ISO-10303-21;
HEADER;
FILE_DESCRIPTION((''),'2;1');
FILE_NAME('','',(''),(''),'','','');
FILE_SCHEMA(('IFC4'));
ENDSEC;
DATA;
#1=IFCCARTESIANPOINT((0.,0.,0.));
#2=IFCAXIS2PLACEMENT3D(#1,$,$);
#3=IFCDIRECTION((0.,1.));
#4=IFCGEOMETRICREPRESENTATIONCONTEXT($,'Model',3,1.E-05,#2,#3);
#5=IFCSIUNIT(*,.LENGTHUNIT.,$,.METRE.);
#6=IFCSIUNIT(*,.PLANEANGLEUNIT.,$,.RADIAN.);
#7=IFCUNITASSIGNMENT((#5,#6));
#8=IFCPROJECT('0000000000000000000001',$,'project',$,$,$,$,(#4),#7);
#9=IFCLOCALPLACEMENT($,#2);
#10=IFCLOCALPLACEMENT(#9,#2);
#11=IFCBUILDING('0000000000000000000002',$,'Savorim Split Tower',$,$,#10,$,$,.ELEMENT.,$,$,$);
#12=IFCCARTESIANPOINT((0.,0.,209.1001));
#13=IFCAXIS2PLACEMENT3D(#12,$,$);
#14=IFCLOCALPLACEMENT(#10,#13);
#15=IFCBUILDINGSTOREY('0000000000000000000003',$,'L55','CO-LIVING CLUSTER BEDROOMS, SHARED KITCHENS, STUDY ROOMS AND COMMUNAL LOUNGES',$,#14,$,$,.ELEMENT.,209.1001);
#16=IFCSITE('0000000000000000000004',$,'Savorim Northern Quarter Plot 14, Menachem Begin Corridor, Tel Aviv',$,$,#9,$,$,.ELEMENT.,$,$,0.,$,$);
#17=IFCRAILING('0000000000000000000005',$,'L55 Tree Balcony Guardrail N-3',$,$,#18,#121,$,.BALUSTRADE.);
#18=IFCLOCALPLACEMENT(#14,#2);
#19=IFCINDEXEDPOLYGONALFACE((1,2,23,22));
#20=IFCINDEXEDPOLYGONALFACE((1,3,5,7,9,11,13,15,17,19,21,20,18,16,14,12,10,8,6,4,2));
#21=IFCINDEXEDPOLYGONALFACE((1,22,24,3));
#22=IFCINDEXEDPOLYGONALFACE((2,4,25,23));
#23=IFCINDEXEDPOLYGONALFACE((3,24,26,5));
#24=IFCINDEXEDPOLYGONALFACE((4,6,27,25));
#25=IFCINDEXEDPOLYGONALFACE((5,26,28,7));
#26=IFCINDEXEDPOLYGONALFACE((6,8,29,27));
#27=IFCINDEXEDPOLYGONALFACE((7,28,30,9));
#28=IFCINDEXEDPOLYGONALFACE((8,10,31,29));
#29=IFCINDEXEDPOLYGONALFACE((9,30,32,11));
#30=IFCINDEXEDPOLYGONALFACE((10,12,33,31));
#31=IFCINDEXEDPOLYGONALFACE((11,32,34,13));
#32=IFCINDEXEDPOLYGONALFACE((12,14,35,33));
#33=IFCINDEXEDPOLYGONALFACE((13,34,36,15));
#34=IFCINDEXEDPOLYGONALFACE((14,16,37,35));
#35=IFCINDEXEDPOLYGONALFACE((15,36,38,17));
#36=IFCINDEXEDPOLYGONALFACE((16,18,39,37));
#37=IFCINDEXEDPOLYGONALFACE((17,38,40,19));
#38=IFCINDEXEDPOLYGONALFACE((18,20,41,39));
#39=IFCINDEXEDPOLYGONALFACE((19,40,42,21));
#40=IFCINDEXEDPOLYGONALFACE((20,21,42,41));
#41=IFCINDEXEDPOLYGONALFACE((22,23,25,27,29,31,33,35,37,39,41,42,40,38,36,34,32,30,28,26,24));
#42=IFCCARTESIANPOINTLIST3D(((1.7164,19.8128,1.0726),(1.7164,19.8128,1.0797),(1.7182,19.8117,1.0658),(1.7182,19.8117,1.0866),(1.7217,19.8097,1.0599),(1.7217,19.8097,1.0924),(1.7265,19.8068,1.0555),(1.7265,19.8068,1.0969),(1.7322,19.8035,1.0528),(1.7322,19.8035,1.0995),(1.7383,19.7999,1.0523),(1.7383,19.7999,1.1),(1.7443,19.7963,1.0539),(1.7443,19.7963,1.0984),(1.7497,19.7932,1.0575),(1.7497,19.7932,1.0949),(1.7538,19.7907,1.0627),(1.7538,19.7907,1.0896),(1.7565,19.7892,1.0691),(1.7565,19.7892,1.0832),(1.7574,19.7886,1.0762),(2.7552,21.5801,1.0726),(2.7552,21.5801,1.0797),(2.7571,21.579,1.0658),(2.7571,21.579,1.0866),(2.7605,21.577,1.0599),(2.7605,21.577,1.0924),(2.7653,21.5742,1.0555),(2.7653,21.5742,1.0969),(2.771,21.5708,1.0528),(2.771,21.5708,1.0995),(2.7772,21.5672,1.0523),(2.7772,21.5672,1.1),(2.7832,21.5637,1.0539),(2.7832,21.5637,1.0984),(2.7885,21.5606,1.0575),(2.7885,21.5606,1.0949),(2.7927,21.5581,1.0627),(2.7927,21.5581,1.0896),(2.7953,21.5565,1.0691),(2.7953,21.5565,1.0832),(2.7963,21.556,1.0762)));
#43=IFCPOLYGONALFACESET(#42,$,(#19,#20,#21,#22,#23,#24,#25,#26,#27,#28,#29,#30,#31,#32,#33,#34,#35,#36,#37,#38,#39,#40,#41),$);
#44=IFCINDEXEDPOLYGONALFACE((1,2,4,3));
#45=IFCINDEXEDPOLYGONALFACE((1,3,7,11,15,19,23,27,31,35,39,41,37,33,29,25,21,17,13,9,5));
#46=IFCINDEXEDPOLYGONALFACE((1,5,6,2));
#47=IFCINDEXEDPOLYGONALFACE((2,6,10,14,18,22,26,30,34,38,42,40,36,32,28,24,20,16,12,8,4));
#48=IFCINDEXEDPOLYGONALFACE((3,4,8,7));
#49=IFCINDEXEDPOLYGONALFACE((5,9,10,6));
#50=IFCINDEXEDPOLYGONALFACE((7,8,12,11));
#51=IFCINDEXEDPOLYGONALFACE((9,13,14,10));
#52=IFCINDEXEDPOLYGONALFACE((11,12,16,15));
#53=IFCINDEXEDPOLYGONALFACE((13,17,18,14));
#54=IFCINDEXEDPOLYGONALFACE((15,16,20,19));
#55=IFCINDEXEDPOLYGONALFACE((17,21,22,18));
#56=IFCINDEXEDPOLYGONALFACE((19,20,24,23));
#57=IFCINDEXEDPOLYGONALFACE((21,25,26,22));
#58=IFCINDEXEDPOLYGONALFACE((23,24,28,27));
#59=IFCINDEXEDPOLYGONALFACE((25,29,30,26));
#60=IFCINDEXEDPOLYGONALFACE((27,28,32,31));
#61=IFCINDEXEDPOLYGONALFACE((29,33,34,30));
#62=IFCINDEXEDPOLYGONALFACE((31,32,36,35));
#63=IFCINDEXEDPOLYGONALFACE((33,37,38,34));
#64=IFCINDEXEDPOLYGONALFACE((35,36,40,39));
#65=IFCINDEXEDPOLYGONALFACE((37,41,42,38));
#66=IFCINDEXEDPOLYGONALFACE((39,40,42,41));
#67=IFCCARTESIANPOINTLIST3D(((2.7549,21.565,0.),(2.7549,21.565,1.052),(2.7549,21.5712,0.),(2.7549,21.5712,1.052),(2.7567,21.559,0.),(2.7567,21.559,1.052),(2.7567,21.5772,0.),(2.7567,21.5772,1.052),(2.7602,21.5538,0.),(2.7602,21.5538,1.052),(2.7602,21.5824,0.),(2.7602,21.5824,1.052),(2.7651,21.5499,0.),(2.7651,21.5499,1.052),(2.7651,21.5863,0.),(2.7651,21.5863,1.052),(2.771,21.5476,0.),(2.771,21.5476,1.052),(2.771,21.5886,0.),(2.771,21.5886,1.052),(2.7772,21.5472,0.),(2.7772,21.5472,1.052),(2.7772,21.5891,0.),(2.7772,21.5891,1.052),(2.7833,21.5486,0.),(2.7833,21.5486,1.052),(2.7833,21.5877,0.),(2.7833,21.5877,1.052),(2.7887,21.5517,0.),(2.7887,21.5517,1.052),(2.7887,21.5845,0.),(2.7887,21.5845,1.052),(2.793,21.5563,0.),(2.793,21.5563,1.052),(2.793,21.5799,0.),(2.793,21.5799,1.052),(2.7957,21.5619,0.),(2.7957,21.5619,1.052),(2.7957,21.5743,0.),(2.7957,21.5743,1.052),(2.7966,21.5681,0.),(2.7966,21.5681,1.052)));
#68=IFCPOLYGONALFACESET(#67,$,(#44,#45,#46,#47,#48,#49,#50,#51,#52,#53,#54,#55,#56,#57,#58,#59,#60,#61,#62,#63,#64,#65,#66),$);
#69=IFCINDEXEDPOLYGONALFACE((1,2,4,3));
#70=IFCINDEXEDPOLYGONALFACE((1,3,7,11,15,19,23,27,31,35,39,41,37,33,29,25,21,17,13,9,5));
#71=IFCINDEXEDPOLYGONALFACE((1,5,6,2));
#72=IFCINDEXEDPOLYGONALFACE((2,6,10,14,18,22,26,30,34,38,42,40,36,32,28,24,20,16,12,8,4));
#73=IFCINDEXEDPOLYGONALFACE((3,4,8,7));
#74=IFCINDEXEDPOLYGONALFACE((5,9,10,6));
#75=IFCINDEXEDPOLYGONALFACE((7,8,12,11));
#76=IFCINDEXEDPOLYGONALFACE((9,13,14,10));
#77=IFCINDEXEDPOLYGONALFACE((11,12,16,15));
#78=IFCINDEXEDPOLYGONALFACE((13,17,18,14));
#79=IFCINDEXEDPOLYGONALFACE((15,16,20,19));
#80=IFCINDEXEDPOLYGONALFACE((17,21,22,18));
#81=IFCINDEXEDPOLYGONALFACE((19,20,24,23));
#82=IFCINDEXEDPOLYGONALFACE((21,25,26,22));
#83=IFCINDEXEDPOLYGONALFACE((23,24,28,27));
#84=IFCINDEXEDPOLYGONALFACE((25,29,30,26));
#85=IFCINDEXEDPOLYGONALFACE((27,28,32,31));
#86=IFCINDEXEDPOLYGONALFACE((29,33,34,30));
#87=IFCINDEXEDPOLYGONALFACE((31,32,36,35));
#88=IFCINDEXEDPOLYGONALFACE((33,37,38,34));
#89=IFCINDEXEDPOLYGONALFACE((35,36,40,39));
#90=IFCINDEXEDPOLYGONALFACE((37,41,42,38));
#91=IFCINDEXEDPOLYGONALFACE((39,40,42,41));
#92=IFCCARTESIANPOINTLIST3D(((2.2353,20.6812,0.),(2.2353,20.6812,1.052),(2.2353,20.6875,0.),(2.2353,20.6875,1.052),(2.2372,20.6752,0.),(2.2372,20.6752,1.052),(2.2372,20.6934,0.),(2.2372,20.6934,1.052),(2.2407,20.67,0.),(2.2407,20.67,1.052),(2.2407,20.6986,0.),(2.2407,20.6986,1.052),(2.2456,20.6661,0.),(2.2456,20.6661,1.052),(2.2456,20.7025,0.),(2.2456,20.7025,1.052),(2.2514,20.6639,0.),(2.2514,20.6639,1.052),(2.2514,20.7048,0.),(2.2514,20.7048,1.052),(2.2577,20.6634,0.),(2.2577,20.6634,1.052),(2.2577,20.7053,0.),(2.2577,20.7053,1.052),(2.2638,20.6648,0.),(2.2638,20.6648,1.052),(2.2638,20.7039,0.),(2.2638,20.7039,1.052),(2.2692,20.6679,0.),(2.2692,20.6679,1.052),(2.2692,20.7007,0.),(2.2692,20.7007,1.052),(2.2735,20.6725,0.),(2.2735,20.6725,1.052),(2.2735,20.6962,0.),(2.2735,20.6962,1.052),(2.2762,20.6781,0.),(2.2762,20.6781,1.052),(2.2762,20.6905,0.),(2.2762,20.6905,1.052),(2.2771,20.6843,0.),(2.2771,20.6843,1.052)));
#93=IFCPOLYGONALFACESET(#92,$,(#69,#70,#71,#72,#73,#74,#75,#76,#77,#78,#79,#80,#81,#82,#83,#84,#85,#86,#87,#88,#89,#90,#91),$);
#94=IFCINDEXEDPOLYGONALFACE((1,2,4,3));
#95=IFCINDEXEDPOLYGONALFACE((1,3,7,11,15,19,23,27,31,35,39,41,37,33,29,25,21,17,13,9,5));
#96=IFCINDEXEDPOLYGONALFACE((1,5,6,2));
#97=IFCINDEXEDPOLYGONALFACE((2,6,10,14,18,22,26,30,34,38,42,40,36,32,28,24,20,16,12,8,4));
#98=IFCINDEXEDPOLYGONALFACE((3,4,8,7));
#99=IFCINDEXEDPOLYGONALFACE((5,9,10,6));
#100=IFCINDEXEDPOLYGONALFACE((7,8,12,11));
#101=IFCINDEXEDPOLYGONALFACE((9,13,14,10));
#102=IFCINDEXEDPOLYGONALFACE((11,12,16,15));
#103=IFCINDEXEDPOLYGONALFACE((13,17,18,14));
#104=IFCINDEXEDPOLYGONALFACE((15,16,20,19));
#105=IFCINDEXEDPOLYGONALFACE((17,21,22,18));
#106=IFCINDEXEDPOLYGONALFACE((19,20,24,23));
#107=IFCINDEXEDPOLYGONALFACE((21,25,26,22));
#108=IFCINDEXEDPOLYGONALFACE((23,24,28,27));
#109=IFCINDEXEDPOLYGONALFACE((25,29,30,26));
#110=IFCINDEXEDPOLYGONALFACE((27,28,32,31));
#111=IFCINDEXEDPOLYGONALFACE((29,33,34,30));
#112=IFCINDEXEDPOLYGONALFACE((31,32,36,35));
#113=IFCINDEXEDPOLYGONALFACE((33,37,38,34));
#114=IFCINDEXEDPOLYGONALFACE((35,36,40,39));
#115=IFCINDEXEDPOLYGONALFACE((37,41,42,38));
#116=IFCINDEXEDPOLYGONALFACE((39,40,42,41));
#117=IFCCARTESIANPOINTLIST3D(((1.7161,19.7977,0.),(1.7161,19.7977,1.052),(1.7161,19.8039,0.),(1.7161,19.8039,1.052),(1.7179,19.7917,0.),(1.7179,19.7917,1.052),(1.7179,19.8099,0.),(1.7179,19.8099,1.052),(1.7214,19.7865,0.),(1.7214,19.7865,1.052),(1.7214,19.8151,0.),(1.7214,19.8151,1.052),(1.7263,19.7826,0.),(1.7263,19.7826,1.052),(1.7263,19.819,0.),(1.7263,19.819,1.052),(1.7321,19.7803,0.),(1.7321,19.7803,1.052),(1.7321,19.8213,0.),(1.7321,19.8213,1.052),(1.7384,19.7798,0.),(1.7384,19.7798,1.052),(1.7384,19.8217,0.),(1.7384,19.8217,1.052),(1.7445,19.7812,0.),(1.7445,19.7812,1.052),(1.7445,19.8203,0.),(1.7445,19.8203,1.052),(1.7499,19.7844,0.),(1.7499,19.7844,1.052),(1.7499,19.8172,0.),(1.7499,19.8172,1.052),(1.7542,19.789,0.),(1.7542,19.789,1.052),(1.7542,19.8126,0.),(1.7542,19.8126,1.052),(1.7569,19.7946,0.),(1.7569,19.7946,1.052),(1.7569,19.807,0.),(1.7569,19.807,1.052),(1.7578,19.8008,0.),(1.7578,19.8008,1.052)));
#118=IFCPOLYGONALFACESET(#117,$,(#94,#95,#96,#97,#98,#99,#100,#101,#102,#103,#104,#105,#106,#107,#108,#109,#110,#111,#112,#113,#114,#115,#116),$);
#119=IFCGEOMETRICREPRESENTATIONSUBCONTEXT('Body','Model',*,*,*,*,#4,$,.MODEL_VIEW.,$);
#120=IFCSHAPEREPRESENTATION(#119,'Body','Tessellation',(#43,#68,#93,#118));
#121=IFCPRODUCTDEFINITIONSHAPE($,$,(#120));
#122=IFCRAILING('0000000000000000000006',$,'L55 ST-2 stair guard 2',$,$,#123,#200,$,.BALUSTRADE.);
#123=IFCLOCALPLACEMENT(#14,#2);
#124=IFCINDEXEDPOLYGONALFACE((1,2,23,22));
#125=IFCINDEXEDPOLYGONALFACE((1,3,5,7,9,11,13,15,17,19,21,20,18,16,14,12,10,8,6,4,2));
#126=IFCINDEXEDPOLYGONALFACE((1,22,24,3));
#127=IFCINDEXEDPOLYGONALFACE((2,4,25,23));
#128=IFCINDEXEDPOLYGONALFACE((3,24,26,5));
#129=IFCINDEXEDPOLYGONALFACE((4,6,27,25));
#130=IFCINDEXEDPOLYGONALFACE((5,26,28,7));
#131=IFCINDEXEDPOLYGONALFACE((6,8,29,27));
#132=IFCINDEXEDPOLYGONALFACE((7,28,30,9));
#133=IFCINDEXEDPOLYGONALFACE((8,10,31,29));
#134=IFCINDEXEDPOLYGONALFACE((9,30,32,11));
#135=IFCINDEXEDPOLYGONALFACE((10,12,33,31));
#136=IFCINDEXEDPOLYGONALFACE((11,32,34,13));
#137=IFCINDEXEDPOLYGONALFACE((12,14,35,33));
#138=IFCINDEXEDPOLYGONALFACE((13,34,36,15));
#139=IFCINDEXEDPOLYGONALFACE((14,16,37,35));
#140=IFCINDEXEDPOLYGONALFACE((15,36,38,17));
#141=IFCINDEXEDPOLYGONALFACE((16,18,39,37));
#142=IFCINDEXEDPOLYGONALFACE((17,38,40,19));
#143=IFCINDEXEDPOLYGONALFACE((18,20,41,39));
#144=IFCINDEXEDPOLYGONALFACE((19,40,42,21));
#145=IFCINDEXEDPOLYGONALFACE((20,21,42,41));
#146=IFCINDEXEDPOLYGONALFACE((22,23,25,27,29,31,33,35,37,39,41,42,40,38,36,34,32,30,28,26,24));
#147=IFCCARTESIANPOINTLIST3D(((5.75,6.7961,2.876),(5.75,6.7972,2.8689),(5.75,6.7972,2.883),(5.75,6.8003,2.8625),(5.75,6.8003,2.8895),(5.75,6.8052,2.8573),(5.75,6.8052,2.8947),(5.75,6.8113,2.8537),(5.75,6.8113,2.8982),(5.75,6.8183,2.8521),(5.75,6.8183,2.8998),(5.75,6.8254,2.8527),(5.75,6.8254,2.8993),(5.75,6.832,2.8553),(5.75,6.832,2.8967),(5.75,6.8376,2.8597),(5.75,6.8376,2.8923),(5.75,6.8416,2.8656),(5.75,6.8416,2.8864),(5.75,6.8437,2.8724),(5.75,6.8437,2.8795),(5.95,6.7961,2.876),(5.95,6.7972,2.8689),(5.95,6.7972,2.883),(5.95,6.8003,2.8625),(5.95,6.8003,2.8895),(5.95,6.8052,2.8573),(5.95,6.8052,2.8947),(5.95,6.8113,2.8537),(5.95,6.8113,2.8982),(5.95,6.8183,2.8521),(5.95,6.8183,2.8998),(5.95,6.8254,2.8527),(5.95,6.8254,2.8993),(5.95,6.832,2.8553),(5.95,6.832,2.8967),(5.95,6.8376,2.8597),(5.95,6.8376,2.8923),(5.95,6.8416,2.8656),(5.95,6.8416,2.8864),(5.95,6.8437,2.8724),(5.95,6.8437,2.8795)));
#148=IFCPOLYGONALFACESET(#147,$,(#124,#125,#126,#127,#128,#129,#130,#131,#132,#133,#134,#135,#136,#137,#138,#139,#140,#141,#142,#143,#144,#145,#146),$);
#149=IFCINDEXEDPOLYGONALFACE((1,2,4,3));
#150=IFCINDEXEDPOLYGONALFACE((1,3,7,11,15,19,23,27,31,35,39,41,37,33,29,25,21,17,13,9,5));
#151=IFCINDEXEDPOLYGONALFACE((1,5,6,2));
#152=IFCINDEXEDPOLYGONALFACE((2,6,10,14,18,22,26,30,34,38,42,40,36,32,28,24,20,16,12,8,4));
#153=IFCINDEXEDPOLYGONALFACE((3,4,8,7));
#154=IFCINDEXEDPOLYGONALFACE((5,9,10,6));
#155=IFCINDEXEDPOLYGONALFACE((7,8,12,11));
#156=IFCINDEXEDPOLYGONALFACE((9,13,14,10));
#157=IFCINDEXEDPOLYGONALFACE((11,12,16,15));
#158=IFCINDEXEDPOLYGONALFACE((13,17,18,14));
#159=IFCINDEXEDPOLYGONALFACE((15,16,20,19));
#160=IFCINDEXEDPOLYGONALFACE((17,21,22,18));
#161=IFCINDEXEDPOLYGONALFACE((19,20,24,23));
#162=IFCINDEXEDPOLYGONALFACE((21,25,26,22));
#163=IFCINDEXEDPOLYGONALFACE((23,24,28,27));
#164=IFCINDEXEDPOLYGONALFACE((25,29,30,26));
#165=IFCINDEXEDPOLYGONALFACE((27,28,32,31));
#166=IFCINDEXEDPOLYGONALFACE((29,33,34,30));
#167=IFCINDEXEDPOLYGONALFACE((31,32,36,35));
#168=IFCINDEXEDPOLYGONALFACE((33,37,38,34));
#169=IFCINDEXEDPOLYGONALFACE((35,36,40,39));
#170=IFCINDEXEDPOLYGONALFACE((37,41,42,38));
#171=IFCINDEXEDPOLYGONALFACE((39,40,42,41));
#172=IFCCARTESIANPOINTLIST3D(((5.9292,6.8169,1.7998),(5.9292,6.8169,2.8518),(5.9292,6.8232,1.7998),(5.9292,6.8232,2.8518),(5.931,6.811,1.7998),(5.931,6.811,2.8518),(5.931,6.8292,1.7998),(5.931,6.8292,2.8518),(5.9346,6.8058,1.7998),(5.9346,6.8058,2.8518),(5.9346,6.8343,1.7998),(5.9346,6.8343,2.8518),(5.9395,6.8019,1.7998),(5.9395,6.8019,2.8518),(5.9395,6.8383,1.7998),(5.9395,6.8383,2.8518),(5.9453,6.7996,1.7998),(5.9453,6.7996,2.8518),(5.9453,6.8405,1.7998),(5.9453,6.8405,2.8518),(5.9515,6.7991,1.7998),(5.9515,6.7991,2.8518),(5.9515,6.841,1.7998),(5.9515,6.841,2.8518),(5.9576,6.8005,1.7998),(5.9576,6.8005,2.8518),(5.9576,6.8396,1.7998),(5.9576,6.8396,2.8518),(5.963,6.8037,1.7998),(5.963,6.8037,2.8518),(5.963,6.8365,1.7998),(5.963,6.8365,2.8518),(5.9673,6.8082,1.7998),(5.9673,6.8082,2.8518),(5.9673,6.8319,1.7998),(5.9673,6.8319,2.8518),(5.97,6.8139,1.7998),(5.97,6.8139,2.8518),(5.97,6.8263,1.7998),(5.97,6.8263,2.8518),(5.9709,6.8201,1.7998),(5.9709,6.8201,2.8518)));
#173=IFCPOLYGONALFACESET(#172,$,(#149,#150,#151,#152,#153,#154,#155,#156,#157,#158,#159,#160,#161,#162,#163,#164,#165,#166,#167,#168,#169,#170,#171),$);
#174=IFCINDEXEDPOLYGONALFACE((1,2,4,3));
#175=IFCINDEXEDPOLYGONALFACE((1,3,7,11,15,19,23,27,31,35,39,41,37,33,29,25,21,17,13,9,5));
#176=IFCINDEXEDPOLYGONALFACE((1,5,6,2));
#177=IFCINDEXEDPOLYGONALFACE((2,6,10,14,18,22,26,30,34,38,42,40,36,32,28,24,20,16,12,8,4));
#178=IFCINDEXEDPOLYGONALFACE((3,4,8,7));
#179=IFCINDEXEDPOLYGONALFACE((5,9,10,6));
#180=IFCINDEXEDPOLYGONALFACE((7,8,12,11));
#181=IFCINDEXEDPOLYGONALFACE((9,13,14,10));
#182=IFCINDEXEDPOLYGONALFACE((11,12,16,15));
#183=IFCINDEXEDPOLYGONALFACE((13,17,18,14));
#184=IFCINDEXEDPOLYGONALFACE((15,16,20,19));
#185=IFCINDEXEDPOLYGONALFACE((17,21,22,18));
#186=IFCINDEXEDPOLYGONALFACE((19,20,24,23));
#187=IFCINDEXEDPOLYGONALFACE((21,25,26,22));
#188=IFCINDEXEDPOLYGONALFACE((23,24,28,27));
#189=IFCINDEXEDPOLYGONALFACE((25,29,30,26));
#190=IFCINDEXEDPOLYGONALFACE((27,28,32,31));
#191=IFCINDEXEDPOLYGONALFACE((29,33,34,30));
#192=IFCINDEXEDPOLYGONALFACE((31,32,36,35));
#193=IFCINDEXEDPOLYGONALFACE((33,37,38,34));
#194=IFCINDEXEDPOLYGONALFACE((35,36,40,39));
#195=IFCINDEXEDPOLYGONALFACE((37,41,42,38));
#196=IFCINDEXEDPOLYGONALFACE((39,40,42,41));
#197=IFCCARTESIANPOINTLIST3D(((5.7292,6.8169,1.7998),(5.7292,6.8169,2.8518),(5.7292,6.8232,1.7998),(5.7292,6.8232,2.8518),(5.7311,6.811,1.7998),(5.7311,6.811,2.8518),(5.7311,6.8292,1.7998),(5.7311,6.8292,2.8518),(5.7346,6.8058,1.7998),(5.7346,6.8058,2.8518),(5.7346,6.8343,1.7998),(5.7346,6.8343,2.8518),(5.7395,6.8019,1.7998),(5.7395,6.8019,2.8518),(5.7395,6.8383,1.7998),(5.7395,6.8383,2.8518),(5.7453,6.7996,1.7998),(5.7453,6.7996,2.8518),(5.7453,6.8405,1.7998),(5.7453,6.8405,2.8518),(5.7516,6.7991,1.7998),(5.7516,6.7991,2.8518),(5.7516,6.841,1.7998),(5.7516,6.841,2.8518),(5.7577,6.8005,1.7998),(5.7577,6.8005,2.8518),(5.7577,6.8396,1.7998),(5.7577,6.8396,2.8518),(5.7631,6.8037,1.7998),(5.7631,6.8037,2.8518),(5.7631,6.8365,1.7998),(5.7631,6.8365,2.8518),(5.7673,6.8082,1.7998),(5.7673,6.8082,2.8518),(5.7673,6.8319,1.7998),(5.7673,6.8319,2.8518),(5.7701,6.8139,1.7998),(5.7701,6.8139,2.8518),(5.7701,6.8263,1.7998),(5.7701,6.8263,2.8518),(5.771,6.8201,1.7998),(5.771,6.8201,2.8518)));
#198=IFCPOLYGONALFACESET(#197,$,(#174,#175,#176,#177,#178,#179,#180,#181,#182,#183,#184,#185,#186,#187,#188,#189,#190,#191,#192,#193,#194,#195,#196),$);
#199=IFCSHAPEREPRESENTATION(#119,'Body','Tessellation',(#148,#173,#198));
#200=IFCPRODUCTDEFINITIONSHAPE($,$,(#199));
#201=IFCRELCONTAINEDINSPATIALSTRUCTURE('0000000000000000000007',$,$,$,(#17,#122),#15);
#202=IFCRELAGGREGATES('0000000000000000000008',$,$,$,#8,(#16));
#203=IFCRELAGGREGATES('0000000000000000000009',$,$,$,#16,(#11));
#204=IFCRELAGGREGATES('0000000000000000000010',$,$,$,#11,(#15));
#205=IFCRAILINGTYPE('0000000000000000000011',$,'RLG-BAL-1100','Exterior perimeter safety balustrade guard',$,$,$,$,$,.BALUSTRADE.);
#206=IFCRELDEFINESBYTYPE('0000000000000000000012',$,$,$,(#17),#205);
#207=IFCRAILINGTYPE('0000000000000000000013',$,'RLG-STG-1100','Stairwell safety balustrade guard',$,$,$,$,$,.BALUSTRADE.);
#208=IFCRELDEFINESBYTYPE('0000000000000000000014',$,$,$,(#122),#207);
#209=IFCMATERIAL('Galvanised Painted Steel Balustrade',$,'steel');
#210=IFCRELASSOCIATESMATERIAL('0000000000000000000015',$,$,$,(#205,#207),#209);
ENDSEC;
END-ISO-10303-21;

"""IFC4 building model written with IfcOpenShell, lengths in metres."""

from ifc_helpers import new_model, si_unit, direction, frame, origin, origin_2d, place, context, subcontext, project, spatial, circle, extrude, material, type_object, element, save


model = new_model("IFC4")

# Units and contexts
model_context = context("Model", 3, precision=1e-05, world=origin(), true_north=direction((0.0, 1.0)))
body_context = subcontext(model_context, "Body", "Model", "MODEL_VIEW")
ifc_project = project(units=[si_unit("LENGTHUNIT", "METRE"), si_unit("PLANEANGLEUNIT", "RADIAN")], contexts=[model_context])

# Site, building, storey
site_placement = place(None, origin())
site = spatial("IfcSite", under=ifc_project, at=site_placement, Name="Savorim Northern Quarter Plot 14, Menachem Begin Corridor, Tel Aviv", CompositionType="ELEMENT", RefElevation=0.0)
building_placement = place(site_placement, origin())
building = spatial("IfcBuilding", under=site, at=building_placement, Name="Savorim Split Tower", CompositionType="ELEMENT")
storey_placement = place(building_placement, frame((0.0, 0.0, 209.1001)))
storey = spatial("IfcBuildingStorey", under=building, at=storey_placement, Name="L55", Description="CO-LIVING CLUSTER BEDROOMS, SHARED KITCHENS, STUDY ROOMS AND COMMUNAL LOUNGES", CompositionType="ELEMENT", Elevation=209.1001)

# Railings
ifc_material_1 = material(Name="Galvanised Painted Steel Balustrade", Category="steel")
railing_type_1 = type_object("IfcRailingType", Name="RLG-BAL-1100", Description="Exterior perimeter safety balustrade guard", PredefinedType="BALUSTRADE", material=ifc_material_1)
railing_1_placement = place(storey_placement, frame((2.7756, 21.5681, 0.0)))
element("IfcRailing", 1, at=railing_1_placement, inside=storey, type_object=railing_type_1, Name="L55 Tree Balcony Guardrail N-3", PredefinedType="BALUSTRADE", context=body_context, shape_type="SweptSolid", body=[
    extrude(circle(Radius=0.0239, at=origin_2d()), frame((0.0, 0.0, 1.0762), z_axis=(-0.506734, -0.862103, 0.0), x_axis=(0.862103, -0.506734, 0.0)), (0.0, 0.0, 1.0), 2.05),
    extrude(circle(Radius=0.021, at=origin_2d()), origin(), (0.0, 0.0, 1.0), 1.052),
    extrude(circle(Radius=0.021, at=origin_2d()), frame((-0.5195, -0.8838, 0.0)), (0.0, 0.0, 1.0), 1.052),
    extrude(circle(Radius=0.021, at=origin_2d()), frame((-1.0388, -1.7673, 0.0)), (0.0, 0.0, 1.0), 1.052),
])
railing_type_2 = type_object("IfcRailingType", Name="RLG-STG-1100", Description="Stairwell safety balustrade guard", PredefinedType="BALUSTRADE", material=ifc_material_1)
railing_2_placement = place(storey_placement, frame((5.95, 6.8201, 1.7998)))
element("IfcRailing", 2, at=railing_2_placement, inside=storey, type_object=railing_type_2, Name="L55 ST-2 stair guard 2", PredefinedType="BALUSTRADE", context=body_context, shape_type="SweptSolid", body=[
    extrude(circle(Radius=0.0239, at=origin_2d()), frame((0.0, 0.0, 1.0762), z_axis=(-1.0, 0.0, 0.0), x_axis=(0.0, -1.0, 0.0)), (0.0, 0.0, 1.0), 0.2),
    extrude(circle(Radius=0.021, at=origin_2d()), origin(), (0.0, 0.0, 1.0), 1.052),
    extrude(circle(Radius=0.021, at=origin_2d()), frame((-0.2, 0.0, 0.0)), (0.0, 0.0, 1.0), 1.052),
])

save(model, "model.ifc")
